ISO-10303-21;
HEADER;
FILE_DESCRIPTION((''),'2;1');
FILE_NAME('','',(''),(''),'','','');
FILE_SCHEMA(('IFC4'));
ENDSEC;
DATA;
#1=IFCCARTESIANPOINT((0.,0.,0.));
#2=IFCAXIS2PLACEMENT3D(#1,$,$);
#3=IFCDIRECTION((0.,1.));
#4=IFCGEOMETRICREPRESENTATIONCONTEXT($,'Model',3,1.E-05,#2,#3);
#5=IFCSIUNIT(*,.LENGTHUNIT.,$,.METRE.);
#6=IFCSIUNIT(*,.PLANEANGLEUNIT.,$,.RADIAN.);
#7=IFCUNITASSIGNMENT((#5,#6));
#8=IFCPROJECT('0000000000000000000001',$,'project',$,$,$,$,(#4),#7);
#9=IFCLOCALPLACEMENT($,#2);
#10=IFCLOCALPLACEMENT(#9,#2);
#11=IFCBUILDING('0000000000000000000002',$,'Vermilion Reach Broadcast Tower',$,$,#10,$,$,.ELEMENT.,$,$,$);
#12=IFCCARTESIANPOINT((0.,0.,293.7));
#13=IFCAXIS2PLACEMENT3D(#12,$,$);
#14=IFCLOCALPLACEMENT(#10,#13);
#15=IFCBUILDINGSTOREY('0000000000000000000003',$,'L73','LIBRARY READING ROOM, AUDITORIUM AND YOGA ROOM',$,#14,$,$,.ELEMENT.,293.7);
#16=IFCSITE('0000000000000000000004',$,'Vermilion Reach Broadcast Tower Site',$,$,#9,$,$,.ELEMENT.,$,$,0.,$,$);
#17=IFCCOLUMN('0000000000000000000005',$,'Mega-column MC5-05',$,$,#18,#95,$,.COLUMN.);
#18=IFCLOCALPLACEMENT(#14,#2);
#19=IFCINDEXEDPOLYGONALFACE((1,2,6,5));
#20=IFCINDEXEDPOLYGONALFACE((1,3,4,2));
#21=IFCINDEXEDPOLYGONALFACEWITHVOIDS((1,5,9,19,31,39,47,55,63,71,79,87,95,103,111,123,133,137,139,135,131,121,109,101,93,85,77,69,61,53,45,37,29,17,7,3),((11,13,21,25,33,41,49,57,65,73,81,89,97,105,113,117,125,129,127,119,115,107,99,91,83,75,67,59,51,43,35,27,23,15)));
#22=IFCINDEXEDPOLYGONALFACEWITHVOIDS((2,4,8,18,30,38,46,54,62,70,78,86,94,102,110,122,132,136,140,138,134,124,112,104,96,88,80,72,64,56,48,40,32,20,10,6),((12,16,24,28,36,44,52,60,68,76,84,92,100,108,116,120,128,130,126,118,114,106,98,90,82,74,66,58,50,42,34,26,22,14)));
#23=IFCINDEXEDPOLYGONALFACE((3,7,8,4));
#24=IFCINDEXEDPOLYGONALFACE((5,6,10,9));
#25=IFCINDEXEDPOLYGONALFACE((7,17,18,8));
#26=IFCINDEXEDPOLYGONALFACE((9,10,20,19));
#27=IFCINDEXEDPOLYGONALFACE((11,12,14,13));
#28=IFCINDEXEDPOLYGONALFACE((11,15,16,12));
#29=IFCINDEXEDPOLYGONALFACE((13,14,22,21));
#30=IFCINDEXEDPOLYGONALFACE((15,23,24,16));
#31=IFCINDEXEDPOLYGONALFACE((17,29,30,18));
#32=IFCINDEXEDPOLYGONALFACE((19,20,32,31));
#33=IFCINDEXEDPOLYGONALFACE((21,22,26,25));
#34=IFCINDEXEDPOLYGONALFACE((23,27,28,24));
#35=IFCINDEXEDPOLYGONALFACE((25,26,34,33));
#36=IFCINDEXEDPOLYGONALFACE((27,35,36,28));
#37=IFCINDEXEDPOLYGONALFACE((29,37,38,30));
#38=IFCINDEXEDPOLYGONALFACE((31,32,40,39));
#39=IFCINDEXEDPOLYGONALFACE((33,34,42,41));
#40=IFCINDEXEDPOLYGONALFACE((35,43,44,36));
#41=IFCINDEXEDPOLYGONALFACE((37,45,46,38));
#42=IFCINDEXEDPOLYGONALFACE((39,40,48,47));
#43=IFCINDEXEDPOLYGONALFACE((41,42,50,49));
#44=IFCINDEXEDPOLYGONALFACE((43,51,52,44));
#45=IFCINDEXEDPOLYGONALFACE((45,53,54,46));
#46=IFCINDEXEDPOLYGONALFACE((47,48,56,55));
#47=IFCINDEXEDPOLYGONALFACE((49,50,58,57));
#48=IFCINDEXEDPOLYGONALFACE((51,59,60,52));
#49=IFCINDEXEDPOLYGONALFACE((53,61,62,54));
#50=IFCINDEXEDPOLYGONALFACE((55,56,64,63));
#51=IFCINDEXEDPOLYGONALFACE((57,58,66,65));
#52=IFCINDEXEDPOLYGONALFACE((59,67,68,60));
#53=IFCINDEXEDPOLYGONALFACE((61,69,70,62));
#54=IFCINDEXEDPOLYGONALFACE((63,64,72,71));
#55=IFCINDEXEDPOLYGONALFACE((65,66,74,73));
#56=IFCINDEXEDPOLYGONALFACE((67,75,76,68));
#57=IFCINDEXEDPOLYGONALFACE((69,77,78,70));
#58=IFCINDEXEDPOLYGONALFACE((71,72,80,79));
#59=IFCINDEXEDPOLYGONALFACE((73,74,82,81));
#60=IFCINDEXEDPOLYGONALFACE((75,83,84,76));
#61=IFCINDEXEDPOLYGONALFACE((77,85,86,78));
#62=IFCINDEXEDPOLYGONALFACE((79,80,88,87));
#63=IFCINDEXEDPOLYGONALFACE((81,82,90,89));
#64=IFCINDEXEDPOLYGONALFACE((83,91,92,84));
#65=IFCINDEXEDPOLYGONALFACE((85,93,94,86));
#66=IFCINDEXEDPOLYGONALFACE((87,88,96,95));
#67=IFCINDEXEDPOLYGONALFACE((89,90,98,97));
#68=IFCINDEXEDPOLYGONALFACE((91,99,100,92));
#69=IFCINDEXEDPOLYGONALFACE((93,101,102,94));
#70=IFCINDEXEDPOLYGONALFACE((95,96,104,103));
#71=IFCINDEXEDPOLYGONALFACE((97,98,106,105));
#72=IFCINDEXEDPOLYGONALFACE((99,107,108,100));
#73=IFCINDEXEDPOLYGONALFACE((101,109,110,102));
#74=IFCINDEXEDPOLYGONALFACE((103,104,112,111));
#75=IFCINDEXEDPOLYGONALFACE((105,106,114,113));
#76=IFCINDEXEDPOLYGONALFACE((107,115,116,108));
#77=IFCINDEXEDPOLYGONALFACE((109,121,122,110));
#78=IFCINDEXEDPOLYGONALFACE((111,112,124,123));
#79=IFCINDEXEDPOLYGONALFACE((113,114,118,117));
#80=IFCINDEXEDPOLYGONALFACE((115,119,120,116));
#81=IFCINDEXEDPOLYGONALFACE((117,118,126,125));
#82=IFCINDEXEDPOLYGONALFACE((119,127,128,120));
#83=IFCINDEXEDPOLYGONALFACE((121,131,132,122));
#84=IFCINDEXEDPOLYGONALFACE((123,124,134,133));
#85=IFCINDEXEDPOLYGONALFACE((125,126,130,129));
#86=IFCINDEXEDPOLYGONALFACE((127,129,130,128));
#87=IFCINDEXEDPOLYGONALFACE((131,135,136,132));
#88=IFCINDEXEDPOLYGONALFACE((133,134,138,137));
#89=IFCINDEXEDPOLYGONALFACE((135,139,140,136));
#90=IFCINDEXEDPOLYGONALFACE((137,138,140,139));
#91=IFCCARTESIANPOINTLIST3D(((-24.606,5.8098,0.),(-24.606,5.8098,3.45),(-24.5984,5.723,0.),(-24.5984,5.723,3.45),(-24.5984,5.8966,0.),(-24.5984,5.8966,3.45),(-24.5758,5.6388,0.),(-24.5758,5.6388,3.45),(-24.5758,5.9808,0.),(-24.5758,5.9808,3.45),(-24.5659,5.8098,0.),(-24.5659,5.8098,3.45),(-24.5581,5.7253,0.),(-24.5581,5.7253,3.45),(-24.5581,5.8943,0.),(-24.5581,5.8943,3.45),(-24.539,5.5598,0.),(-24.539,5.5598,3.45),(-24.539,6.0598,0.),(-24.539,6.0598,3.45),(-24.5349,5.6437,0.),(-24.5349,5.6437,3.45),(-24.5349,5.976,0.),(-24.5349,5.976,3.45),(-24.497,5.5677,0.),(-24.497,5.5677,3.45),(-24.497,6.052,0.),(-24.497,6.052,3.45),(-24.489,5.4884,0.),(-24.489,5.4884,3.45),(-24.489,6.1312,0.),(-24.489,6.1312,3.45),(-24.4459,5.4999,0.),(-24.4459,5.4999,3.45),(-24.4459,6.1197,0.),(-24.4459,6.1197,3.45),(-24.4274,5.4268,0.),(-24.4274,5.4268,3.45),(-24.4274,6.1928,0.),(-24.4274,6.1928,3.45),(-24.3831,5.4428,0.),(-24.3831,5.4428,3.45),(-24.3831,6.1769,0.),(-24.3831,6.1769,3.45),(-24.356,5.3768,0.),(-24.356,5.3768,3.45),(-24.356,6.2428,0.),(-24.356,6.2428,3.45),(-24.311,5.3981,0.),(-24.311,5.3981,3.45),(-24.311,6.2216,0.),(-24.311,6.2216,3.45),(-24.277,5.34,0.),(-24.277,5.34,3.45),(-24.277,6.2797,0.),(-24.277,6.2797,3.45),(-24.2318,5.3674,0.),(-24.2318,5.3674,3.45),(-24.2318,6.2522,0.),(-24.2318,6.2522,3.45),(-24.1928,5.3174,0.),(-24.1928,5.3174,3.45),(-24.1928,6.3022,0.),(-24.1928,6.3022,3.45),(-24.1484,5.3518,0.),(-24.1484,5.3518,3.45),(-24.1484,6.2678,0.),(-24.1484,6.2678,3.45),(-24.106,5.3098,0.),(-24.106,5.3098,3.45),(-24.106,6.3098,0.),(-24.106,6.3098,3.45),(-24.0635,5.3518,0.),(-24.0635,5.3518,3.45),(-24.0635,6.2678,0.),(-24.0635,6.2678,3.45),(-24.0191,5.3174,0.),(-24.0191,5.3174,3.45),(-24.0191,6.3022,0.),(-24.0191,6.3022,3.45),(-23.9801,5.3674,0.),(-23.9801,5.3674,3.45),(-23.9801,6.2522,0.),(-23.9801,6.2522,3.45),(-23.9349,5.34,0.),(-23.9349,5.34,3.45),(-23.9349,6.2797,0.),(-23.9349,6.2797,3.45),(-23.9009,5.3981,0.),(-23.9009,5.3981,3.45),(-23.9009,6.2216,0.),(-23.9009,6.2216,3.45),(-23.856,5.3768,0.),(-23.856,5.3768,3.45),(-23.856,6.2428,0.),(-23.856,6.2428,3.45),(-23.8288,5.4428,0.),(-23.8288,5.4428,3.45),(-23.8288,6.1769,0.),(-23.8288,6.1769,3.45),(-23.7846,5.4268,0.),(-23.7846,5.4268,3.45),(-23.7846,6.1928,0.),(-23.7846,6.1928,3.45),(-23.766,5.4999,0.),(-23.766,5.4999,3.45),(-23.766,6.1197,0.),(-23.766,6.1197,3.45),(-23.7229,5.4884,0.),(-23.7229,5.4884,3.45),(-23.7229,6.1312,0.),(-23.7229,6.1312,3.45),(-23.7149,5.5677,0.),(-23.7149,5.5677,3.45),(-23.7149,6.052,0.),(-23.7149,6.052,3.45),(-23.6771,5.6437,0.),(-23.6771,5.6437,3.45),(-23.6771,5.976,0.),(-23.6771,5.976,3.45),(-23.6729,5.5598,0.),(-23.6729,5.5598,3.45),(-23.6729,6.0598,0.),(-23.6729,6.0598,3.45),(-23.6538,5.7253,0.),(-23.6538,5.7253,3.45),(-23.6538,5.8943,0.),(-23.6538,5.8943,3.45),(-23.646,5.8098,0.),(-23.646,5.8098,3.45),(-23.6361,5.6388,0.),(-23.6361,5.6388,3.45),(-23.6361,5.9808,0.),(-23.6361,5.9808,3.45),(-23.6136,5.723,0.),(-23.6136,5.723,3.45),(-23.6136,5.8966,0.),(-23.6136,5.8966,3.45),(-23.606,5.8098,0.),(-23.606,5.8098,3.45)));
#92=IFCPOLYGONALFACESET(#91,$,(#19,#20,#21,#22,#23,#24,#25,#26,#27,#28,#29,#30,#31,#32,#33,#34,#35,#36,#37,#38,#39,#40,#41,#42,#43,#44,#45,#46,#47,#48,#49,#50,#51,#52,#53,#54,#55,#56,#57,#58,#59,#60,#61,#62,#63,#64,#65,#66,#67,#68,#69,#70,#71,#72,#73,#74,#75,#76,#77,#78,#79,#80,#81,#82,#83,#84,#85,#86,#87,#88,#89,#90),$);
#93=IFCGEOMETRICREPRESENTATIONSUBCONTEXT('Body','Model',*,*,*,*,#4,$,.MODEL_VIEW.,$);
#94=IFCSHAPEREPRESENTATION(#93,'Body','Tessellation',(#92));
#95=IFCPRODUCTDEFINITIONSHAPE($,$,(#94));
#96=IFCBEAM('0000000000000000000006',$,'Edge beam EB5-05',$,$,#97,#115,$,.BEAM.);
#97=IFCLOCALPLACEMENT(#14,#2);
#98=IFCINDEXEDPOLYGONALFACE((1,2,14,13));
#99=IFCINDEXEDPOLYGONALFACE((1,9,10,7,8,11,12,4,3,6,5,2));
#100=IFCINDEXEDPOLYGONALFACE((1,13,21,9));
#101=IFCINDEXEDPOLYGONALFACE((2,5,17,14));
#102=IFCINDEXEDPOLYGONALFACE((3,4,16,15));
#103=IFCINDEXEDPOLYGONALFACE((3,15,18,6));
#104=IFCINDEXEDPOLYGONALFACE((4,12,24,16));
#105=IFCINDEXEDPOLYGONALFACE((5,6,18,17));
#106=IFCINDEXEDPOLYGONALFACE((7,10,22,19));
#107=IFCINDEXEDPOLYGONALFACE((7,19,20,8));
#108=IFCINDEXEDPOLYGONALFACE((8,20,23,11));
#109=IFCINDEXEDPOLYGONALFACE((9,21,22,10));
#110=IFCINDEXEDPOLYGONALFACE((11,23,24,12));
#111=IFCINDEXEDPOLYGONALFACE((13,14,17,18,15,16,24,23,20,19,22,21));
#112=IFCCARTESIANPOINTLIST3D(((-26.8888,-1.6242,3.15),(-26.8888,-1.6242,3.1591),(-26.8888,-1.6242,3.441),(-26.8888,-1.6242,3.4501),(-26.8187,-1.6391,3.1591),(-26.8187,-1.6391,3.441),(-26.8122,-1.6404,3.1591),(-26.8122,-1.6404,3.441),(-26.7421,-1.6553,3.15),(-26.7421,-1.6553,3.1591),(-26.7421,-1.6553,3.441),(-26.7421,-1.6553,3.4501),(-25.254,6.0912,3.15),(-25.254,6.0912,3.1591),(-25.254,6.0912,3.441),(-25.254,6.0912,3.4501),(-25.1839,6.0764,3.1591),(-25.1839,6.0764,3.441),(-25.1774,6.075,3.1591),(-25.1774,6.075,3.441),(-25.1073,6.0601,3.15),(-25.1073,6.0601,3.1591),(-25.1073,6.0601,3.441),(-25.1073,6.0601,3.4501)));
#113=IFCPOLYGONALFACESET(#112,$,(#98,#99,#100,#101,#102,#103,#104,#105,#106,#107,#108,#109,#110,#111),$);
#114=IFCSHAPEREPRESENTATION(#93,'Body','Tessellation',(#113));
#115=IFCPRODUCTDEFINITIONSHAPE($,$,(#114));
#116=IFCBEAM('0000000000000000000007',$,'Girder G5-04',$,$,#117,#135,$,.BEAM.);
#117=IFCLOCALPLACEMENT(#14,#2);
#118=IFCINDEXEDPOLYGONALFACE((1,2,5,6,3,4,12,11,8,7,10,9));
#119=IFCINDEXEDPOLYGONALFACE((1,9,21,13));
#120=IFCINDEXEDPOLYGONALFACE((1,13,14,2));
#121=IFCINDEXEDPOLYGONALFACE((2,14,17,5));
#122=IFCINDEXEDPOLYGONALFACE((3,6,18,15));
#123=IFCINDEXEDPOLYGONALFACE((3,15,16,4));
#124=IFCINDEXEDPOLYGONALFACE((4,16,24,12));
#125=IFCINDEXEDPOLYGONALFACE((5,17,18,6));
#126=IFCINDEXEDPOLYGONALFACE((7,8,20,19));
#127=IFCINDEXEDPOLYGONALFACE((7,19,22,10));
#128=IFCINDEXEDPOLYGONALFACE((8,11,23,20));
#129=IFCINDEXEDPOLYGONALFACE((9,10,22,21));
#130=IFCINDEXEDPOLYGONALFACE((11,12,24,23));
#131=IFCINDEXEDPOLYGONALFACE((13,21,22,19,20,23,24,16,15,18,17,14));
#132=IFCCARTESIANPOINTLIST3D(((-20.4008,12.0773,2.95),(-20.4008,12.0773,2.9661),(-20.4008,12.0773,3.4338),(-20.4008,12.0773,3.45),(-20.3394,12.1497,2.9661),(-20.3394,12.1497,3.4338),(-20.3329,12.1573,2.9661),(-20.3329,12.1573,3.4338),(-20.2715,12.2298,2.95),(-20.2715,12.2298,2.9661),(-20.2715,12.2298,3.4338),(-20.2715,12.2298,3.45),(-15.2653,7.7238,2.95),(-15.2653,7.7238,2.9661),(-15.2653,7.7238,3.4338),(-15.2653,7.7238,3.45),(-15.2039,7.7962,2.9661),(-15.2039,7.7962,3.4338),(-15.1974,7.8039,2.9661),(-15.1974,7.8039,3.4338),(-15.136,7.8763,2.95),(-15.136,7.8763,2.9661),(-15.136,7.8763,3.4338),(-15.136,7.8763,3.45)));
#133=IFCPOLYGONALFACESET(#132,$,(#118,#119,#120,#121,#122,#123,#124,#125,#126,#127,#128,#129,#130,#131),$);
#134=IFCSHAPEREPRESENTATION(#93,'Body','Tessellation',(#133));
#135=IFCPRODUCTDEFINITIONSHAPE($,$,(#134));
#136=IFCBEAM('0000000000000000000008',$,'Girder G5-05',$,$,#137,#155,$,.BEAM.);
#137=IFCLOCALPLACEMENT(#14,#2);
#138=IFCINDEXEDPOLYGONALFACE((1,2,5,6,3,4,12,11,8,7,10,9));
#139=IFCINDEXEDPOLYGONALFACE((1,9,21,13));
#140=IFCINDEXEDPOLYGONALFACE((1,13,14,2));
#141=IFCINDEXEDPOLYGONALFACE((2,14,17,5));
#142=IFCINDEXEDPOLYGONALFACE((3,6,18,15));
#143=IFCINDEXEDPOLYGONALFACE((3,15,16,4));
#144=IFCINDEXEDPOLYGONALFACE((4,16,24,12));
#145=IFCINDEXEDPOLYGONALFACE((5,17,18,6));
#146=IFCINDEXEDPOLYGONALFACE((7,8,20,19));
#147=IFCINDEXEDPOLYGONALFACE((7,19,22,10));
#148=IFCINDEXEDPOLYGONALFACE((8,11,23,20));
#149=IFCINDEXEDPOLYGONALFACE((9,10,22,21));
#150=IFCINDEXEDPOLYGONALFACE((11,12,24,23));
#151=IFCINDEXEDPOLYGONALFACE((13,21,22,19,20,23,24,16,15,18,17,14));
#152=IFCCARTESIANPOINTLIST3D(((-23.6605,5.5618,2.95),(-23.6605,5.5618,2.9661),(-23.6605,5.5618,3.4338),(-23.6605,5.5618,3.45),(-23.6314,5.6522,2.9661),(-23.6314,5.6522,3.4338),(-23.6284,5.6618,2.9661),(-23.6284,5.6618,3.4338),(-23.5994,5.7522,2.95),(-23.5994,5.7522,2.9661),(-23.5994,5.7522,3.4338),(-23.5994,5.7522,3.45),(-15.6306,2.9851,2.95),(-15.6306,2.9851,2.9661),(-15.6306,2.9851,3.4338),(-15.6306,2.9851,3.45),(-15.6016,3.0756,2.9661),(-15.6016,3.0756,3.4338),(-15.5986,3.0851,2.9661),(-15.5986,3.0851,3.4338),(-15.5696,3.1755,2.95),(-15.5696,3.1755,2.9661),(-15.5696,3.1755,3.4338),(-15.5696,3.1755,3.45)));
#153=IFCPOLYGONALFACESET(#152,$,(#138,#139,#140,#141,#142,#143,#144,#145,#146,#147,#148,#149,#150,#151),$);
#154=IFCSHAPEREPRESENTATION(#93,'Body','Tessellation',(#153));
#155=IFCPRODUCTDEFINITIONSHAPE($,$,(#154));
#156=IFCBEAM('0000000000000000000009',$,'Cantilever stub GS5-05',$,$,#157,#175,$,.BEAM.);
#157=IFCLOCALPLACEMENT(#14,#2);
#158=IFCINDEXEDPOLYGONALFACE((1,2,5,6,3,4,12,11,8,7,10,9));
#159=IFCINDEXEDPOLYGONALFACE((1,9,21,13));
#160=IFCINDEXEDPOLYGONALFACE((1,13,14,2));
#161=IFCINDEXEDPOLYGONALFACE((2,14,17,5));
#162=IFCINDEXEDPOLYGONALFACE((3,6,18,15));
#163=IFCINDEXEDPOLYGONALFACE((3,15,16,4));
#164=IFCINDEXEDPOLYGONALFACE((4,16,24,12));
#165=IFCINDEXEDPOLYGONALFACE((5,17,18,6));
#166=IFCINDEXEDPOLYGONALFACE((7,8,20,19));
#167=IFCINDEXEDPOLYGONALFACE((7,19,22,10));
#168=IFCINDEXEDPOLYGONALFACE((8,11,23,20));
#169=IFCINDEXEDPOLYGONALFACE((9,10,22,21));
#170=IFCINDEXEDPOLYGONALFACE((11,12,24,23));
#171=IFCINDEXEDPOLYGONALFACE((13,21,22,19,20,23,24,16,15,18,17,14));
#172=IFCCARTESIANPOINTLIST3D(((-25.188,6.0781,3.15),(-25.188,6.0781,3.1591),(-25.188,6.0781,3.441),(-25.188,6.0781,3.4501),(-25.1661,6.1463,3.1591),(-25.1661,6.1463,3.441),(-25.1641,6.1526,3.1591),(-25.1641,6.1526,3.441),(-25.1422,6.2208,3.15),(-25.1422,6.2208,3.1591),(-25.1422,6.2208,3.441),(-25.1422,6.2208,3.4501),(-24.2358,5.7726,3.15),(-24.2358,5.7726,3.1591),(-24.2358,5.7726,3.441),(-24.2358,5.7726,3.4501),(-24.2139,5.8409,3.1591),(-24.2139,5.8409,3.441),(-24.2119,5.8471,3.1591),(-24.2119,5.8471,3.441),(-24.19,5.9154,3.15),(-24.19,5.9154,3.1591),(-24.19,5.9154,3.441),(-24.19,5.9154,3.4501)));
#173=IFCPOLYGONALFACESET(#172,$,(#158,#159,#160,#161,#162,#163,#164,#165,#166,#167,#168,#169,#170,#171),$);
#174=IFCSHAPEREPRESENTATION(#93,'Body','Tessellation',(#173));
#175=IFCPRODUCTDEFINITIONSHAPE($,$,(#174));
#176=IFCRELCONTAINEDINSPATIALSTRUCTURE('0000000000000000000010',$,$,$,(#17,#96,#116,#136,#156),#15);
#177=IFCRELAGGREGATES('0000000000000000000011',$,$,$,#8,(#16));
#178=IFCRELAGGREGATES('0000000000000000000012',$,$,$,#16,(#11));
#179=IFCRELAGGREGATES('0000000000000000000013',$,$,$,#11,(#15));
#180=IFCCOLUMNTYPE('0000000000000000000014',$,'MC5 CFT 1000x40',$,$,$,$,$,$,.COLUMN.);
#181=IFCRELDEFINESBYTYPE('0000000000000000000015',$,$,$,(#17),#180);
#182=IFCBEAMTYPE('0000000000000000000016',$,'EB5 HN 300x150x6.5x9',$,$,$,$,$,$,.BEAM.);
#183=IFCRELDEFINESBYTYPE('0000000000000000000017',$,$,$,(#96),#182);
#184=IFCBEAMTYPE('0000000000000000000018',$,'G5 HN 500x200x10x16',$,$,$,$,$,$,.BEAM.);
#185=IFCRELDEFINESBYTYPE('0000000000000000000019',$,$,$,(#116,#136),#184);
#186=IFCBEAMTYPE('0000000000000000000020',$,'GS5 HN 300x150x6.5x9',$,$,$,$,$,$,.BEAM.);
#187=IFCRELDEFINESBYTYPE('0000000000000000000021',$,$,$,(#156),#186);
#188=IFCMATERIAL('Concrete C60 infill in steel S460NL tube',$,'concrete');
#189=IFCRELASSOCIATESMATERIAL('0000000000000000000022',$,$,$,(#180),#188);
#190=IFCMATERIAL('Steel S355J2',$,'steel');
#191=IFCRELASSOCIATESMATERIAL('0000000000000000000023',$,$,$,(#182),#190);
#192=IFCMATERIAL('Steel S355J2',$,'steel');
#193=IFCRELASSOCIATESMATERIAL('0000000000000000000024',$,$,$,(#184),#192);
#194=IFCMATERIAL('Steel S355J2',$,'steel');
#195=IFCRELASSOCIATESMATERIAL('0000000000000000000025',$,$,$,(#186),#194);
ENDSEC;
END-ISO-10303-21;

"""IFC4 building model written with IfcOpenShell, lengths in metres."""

from ifc_helpers import new_model, si_unit, direction, frame, origin, origin_2d, place, context, subcontext, project, spatial, hollow_circle, i_section, extrude, material, material_profile, profile_set, type_object, element, save


model = new_model("IFC4")

# Units and contexts
model_context = context("Model", 3, precision=1e-05, world=origin(), true_north=direction((0.0, 1.0)))
body_context = subcontext(model_context, "Body", "Model", "MODEL_VIEW")
ifc_project = project(units=[si_unit("LENGTHUNIT", "METRE"), si_unit("PLANEANGLEUNIT", "RADIAN")], contexts=[model_context])

# Site, building, storey
site_placement = place(None, origin())
site = spatial("IfcSite", under=ifc_project, at=site_placement, Name="Vermilion Reach Broadcast Tower Site", CompositionType="ELEMENT", RefElevation=0.0)
building_placement = place(site_placement, origin())
building = spatial("IfcBuilding", under=site, at=building_placement, Name="Vermilion Reach Broadcast Tower", CompositionType="ELEMENT")
storey_placement = place(building_placement, frame((0.0, 0.0, 293.7)))
storey = spatial("IfcBuildingStorey", under=building, at=storey_placement, Name="L73", Description="LIBRARY READING ROOM, AUDITORIUM AND YOGA ROOM", CompositionType="ELEMENT", Elevation=293.7)

# Column
ifc_material_1 = material(Name="Concrete C60 infill in steel S460NL tube", Category="concrete")
ifc_material_profile_1 = material_profile(ifc_material_1, hollow_circle(Radius=0.5, WallThickness=0.04, at=origin_2d()), Name="Concrete C60 infill in steel S460NL tube CFT 1000x40")
ifc_profile_set_1 = profile_set([ifc_material_profile_1], Name="Concrete C60 infill in steel S460NL tube")
column_type = type_object("IfcColumnType", Name="MC5 CFT 1000x40", PredefinedType="COLUMN", material=ifc_profile_set_1)
column_placement = place(storey_placement, frame((-24.106, 5.8098, 0.0), z_axis=(0.0, 0.0, 1.0), x_axis=(1.0, 0.0, 0.0)))
element("IfcColumn", 1, at=column_placement, inside=storey, type_object=column_type, Name="Mega-column MC5-05", PredefinedType="COLUMN", context=body_context, shape_type="SweptSolid", body=[
    extrude(hollow_circle(Radius=0.5, WallThickness=0.04, at=origin_2d()), origin(), (0.0, 0.0, 1.0), 3.45),
])

# Beams
ifc_material_2 = material(Name="Steel S355J2", Category="steel")
ifc_material_profile_2 = material_profile(ifc_material_2, i_section(OverallWidth=0.1499, OverallDepth=0.3, WebThickness=0.0066, FlangeThickness=0.009, at=origin_2d()), Name="S355J2 HN 300x150x6.5x9")
ifc_profile_set_2 = profile_set([ifc_material_profile_2], Name="Steel S355J2")
beam_type_1 = type_object("IfcBeamType", Name="EB5 HN 300x150x6.5x9", PredefinedType="BEAM", material=ifc_profile_set_2)
beam_1_placement = place(storey_placement, frame((-25.1807, 6.0757, 3.3), z_axis=(-0.207283, -0.978281, 0.0), x_axis=(0.978281, -0.207283, 0.0)))
element("IfcBeam", 2, at=beam_1_placement, inside=storey, type_object=beam_type_1, Name="Edge beam EB5-05", PredefinedType="BEAM", context=body_context, shape_type="SweptSolid", body=[
    extrude(i_section(OverallWidth=0.1499, OverallDepth=0.3, WebThickness=0.0066, FlangeThickness=0.009, at=origin_2d()), origin(), (0.0, 0.0, 1.0), 7.8867),
])
ifc_material_3 = material(Name="Steel S355J2", Category="steel")
ifc_material_profile_3 = material_profile(ifc_material_3, i_section(OverallWidth=0.2, OverallDepth=0.5, WebThickness=0.01, FlangeThickness=0.0161, at=origin_2d()), Name="S355J2 HN 500x200x10x16")
ifc_profile_set_3 = profile_set([ifc_material_profile_3], Name="Steel S355J2")
beam_type_2 = type_object("IfcBeamType", Name="G5 HN 500x200x10x16", PredefinedType="BEAM", material=ifc_profile_set_3)
beam_2_placement = place(storey_placement, frame((-15.2007, 7.8, 3.2), z_axis=(-0.762793, 0.646643, 0.0), x_axis=(-0.646643, -0.762793, 0.0)))
element("IfcBeam", 3, at=beam_2_placement, inside=storey, type_object=beam_type_2, Name="Girder G5-04", PredefinedType="BEAM", context=body_context, shape_type="SweptSolid", body=[
    extrude(i_section(OverallWidth=0.2, OverallDepth=0.5, WebThickness=0.01, FlangeThickness=0.0161, at=origin_2d()), origin(), (0.0, 0.0, 1.0), 6.7324),
])
beam_3_placement = place(storey_placement, frame((-15.6001, 3.0803, 3.2), z_axis=(-0.952178, 0.305542, 0.0), x_axis=(-0.305542, -0.952178, 0.0)))
element("IfcBeam", 4, at=beam_3_placement, inside=storey, type_object=beam_type_2, Name="Girder G5-05", PredefinedType="BEAM", context=body_context, shape_type="SweptSolid", body=[
    extrude(i_section(OverallWidth=0.2, OverallDepth=0.5, WebThickness=0.01, FlangeThickness=0.0161, at=origin_2d()), origin(), (0.0, 0.0, 1.0), 8.4331),
])
ifc_material_4 = material(Name="Steel S355J2", Category="steel")
ifc_material_profile_4 = material_profile(ifc_material_4, i_section(OverallWidth=0.1499, OverallDepth=0.3, WebThickness=0.0066, FlangeThickness=0.009, at=origin_2d()), Name="S355J2 HN 300x150x6.5x9")
ifc_profile_set_4 = profile_set([ifc_material_profile_4], Name="Steel S355J2")
beam_type_3 = type_object("IfcBeamType", Name="GS5 HN 300x150x6.5x9", PredefinedType="BEAM", material=ifc_profile_set_4)
beam_4_placement = place(storey_placement, frame((-24.2129, 5.844, 3.3), z_axis=(-0.952211, 0.30544, 0.0), x_axis=(-0.30544, -0.952211, 0.0)))
element("IfcBeam", 5, at=beam_4_placement, inside=storey, type_object=beam_type_3, Name="Cantilever stub GS5-05", PredefinedType="BEAM", context=body_context, shape_type="SweptSolid", body=[
    extrude(i_section(OverallWidth=0.1499, OverallDepth=0.3, WebThickness=0.0066, FlangeThickness=0.009, at=origin_2d()), origin(), (0.0, 0.0, 1.0), 1.0),
])

save(model, "model.ifc")
